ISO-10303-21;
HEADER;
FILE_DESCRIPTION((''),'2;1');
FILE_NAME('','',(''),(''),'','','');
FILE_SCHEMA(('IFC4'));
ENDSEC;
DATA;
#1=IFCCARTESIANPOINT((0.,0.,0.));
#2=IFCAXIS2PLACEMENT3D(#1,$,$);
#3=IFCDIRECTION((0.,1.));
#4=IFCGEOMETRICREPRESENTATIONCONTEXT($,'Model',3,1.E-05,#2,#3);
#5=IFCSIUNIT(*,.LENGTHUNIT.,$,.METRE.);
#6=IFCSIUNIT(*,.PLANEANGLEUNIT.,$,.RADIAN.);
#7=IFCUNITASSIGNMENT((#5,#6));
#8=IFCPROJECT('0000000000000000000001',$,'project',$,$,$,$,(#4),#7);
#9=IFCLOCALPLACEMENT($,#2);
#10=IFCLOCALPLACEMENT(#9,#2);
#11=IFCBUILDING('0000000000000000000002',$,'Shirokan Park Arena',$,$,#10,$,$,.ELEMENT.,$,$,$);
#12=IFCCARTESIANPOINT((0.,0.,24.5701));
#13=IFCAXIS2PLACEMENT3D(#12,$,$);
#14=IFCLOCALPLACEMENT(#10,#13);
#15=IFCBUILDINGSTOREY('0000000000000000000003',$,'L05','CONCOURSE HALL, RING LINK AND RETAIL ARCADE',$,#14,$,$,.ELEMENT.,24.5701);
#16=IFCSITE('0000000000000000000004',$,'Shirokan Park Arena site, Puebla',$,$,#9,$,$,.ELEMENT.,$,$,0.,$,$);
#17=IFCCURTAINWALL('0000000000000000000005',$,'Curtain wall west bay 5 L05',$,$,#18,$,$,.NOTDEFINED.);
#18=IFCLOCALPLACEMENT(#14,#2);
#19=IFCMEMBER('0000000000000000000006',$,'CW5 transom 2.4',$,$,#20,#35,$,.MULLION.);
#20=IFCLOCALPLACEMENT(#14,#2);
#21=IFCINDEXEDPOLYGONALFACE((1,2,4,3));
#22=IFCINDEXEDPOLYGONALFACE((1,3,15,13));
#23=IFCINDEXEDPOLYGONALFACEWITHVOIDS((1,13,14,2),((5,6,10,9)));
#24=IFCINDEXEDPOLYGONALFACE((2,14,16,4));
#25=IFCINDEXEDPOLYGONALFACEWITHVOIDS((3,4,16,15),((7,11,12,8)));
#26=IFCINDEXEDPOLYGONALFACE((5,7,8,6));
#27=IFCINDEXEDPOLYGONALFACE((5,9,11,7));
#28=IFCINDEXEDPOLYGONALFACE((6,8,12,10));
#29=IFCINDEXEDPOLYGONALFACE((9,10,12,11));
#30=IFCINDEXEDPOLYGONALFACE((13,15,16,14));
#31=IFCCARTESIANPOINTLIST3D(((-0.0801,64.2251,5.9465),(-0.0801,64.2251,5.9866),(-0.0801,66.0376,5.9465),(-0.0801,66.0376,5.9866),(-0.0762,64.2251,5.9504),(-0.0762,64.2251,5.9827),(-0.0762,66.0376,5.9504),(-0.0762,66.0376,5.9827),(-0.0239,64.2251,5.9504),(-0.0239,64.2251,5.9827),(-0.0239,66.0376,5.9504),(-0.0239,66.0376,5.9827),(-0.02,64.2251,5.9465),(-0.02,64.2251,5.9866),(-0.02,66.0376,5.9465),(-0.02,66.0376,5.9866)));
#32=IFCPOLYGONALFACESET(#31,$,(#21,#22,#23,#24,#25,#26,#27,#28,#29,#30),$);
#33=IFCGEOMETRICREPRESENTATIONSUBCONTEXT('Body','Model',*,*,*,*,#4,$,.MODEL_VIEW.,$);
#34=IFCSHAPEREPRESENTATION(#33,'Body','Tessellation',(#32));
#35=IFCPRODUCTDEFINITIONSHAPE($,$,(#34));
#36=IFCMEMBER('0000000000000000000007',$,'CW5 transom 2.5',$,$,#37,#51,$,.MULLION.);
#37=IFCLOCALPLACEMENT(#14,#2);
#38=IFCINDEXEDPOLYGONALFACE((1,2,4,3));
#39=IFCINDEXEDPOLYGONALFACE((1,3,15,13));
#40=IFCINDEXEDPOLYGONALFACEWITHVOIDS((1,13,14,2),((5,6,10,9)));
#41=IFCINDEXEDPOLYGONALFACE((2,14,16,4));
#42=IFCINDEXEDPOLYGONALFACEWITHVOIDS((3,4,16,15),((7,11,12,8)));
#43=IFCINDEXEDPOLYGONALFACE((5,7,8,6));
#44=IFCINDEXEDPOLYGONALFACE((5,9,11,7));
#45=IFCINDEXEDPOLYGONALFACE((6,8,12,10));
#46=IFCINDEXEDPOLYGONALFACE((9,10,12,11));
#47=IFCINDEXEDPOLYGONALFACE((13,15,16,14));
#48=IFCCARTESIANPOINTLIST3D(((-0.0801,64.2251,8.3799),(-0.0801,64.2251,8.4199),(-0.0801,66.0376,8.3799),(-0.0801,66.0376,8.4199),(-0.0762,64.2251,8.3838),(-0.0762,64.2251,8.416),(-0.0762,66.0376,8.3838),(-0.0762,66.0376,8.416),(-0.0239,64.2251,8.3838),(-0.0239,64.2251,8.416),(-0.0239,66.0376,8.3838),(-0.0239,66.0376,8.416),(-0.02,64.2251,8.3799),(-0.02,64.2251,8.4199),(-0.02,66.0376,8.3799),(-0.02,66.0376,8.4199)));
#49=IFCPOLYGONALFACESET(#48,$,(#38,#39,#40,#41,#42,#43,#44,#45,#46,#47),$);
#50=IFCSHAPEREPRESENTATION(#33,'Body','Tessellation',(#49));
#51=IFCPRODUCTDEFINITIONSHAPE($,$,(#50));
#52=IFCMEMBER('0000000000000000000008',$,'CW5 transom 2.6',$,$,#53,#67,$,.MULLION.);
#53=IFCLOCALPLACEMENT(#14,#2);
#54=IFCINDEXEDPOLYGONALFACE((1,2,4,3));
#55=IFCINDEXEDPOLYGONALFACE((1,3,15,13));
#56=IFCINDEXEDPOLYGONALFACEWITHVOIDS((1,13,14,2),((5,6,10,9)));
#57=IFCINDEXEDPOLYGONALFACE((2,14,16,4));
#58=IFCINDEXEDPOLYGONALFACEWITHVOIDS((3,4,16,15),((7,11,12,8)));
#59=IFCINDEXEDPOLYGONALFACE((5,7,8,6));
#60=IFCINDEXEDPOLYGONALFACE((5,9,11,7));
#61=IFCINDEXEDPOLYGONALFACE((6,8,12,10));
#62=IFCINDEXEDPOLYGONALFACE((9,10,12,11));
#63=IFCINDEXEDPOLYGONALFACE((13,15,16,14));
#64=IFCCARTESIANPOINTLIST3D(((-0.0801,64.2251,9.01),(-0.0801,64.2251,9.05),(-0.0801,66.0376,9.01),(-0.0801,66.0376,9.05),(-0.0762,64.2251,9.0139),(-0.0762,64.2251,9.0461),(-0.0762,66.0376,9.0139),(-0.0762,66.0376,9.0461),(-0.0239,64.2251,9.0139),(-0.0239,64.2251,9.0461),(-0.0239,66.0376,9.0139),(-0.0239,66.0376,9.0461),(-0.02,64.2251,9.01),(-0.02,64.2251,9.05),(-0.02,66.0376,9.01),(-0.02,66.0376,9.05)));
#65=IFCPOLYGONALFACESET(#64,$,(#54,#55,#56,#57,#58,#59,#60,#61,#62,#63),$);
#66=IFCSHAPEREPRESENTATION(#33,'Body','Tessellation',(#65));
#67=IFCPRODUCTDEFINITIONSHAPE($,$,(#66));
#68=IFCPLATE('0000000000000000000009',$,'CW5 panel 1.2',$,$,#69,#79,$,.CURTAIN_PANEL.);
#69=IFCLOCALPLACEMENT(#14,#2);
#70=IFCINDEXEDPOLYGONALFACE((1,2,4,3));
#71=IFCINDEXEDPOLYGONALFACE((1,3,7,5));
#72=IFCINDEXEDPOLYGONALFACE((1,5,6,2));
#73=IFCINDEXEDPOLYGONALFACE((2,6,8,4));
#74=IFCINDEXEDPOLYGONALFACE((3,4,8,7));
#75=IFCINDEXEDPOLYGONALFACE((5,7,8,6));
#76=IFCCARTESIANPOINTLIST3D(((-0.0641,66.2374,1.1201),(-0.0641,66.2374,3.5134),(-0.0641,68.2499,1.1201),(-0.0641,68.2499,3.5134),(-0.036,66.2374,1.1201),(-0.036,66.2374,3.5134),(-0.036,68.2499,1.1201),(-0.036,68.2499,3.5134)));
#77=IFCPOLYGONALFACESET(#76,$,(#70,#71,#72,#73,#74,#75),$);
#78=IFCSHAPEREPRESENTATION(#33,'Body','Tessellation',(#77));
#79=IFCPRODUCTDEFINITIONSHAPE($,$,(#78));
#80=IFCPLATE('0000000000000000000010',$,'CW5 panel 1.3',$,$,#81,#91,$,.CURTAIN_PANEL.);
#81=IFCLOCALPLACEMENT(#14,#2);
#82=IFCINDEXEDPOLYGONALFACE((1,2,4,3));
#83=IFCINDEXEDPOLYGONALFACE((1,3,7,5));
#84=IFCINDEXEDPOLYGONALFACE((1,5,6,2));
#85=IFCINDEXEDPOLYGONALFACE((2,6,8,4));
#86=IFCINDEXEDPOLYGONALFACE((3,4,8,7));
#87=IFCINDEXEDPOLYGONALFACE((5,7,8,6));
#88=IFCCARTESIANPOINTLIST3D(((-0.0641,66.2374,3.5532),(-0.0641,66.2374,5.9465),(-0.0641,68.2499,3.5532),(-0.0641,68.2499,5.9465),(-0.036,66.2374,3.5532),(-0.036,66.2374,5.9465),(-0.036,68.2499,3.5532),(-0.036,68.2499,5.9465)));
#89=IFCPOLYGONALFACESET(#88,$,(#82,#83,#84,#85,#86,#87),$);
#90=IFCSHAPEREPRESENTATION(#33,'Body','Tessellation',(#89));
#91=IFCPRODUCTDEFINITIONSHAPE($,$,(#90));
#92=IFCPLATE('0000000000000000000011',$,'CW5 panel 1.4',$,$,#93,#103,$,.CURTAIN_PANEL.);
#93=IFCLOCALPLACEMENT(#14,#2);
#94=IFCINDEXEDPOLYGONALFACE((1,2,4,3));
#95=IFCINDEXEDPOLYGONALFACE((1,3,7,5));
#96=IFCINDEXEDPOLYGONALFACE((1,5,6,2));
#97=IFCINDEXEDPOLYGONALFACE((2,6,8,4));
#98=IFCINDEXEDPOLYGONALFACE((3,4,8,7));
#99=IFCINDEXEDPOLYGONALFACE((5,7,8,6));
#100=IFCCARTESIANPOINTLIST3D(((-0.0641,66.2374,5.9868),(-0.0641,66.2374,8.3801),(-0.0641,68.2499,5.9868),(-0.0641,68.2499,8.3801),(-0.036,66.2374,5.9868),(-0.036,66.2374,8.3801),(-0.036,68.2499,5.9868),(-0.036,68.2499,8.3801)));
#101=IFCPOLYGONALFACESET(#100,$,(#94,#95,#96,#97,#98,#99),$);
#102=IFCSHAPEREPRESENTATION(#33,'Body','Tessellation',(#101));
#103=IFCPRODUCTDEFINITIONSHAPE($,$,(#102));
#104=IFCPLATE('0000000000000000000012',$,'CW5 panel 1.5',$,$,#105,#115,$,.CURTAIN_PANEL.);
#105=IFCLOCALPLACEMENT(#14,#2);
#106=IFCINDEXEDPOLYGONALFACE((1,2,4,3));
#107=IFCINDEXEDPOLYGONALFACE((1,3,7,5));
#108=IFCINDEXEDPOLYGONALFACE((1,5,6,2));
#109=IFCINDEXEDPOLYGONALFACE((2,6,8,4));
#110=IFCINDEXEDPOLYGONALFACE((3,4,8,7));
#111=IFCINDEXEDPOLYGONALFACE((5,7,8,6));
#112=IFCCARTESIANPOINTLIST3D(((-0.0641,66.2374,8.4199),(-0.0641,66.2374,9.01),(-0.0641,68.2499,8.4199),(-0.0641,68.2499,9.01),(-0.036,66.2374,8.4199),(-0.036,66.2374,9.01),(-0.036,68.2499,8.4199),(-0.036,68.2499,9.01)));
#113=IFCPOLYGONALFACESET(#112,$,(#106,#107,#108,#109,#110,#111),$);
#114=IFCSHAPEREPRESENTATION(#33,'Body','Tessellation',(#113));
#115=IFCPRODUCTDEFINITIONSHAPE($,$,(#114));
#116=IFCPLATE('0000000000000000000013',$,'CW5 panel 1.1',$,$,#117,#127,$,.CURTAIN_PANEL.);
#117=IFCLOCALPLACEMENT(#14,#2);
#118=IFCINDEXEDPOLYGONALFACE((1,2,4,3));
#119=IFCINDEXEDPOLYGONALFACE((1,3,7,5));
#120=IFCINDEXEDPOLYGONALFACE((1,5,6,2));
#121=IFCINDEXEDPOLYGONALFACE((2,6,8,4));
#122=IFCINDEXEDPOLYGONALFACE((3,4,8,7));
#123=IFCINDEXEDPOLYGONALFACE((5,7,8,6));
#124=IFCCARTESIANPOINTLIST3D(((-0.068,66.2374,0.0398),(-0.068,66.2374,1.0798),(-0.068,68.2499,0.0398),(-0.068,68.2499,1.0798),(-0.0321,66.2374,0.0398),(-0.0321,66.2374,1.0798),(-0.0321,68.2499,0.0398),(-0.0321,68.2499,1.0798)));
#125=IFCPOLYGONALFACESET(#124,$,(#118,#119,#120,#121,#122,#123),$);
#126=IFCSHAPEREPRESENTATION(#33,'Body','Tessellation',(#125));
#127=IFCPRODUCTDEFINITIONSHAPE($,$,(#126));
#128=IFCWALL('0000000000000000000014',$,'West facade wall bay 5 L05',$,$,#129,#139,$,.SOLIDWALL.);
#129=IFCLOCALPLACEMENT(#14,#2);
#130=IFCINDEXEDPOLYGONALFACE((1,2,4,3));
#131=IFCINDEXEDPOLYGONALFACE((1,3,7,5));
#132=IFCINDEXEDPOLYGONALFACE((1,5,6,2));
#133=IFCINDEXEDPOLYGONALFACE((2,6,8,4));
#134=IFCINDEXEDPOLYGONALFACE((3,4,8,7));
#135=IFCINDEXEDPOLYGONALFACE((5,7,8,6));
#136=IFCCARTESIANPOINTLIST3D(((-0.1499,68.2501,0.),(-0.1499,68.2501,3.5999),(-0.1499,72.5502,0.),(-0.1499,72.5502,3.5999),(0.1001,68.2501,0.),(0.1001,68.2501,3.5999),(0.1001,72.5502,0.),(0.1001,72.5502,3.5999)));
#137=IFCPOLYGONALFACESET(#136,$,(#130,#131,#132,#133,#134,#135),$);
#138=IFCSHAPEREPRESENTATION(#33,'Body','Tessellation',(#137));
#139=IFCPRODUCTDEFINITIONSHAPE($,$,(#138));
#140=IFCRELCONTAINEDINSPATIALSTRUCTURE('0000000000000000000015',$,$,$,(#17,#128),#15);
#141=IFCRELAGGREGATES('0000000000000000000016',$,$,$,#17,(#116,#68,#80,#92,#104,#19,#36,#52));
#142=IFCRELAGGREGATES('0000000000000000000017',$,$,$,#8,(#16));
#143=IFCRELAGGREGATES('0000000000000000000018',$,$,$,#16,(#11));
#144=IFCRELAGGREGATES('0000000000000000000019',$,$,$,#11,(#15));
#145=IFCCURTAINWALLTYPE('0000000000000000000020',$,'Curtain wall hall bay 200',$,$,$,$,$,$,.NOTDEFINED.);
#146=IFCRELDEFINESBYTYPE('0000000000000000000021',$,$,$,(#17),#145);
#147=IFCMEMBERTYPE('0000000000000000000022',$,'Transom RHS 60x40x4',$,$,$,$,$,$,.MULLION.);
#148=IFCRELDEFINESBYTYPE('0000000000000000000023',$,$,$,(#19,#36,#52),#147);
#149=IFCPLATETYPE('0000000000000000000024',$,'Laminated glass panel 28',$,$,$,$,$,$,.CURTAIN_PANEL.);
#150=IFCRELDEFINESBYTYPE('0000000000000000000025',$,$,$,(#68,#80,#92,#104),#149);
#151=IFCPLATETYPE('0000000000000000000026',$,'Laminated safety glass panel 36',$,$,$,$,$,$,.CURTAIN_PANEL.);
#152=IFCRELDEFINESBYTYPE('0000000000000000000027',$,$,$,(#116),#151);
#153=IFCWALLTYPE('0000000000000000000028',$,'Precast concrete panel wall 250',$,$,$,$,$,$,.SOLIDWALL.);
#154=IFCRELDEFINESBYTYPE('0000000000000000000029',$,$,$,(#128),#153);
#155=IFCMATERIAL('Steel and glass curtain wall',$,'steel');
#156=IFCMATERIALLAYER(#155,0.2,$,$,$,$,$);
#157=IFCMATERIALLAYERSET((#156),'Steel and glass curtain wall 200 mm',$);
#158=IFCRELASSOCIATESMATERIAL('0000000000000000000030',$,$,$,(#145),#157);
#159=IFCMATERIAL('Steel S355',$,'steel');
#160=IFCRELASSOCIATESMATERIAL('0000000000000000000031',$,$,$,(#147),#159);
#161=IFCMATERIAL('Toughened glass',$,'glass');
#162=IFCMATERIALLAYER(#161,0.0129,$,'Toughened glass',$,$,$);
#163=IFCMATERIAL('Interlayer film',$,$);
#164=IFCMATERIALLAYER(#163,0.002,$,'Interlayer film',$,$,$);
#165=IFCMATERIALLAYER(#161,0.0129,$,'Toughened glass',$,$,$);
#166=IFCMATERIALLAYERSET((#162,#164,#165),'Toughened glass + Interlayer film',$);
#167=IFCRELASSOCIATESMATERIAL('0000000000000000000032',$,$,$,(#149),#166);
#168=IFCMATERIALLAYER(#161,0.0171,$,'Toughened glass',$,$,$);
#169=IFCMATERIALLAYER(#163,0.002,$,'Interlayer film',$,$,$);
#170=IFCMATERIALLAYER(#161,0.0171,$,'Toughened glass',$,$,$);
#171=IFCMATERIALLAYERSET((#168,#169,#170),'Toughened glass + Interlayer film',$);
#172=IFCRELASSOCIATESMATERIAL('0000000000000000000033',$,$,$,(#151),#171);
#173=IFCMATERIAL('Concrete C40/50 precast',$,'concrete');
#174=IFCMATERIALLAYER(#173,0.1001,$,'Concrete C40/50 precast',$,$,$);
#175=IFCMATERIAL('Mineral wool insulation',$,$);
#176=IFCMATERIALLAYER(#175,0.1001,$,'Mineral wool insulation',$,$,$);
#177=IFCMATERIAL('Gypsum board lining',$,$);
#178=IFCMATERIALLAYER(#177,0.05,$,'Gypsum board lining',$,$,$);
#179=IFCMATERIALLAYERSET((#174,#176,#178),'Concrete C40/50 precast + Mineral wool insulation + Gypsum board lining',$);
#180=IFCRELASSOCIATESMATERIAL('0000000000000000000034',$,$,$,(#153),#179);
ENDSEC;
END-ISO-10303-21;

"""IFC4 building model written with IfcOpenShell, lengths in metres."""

from ifc_helpers import new_model, si_unit, direction, frame, frame_2d, origin, origin_2d, place, context, subcontext, project, spatial, rectangle, hollow_rectangle, extrude, material, layer, layer_set, material_profile, profile_set, type_object, element, aggregate, save


model = new_model("IFC4")

# Units and contexts
model_context = context("Model", 3, precision=1e-05, world=origin(), true_north=direction((0.0, 1.0)))
body_context = subcontext(model_context, "Body", "Model", "MODEL_VIEW")
ifc_project = project(units=[si_unit("LENGTHUNIT", "METRE"), si_unit("PLANEANGLEUNIT", "RADIAN")], contexts=[model_context])

# Site, building, storey
site_placement = place(None, origin())
site = spatial("IfcSite", under=ifc_project, at=site_placement, Name="Shirokan Park Arena site, Puebla", CompositionType="ELEMENT", RefElevation=0.0)
building_placement = place(site_placement, origin())
building = spatial("IfcBuilding", under=site, at=building_placement, Name="Shirokan Park Arena", CompositionType="ELEMENT")
storey_placement = place(building_placement, frame((0.0, 0.0, 24.5701)))
storey = spatial("IfcBuildingStorey", under=building, at=storey_placement, Name="L05", Description="CONCOURSE HALL, RING LINK AND RETAIL ARCADE", CompositionType="ELEMENT", Elevation=24.5701)

# Curtain wall
ifc_material_1 = material(Name="Steel and glass curtain wall", Category="steel")
ifc_layer_1 = layer(ifc_material_1, 0.2)
ifc_layer_set_1 = layer_set([ifc_layer_1], Name="Steel and glass curtain wall 200 mm")
curtain_wall_type = type_object("IfcCurtainWallType", Name="Curtain wall hall bay 200", PredefinedType="NOTDEFINED", material=ifc_layer_set_1)
curtain_wall_placement = place(storey_placement, origin())
curtain_wall = element("IfcCurtainWall", 1, at=curtain_wall_placement, inside=storey, type_object=curtain_wall_type, Name="Curtain wall west bay 5 L05", PredefinedType="NOTDEFINED")
ifc_material_2 = material(Name="Steel S355", Category="steel")

# Members
ifc_material_profile_1 = material_profile(ifc_material_2, hollow_rectangle(XDim=0.0601, YDim=0.04, WallThickness=0.0039, at=origin_2d()), Name="RHS 60x40x4")
ifc_profile_set_1 = profile_set([ifc_material_profile_1], Name="Steel S355")
member_type_1 = type_object("IfcMemberType", Name="Transom RHS 60x40x4", PredefinedType="MULLION", material=ifc_profile_set_1)
member_1_placement = place(storey_placement, frame((-0.05, 66.0376, 5.9666), z_axis=(0.0, -1.0, 0.0), x_axis=(1.0, 0.0, 0.0)))
member_1 = element("IfcMember", 2, at=member_1_placement, type_object=member_type_1, Name="CW5 transom 2.4", PredefinedType="MULLION", context=body_context, shape_type="SweptSolid", body=[
    extrude(hollow_rectangle(XDim=0.0601, YDim=0.04, WallThickness=0.0039, at=origin_2d()), origin(), (0.0, 0.0, 1.0), 1.8125),
])
member_2_placement = place(storey_placement, frame((-0.05, 66.0376, 8.3999), z_axis=(0.0, -1.0, 0.0), x_axis=(1.0, 0.0, 0.0)))
member_2 = element("IfcMember", 3, at=member_2_placement, type_object=member_type_1, Name="CW5 transom 2.5", PredefinedType="MULLION", context=body_context, shape_type="SweptSolid", body=[
    extrude(hollow_rectangle(XDim=0.0601, YDim=0.04, WallThickness=0.0039, at=origin_2d()), origin(), (0.0, 0.0, 1.0), 1.8125),
])
member_3_placement = place(storey_placement, frame((-0.05, 66.0376, 9.03), z_axis=(0.0, -1.0, 0.0), x_axis=(1.0, 0.0, 0.0)))
member_3 = element("IfcMember", 4, at=member_3_placement, type_object=member_type_1, Name="CW5 transom 2.6", PredefinedType="MULLION", context=body_context, shape_type="SweptSolid", body=[
    extrude(hollow_rectangle(XDim=0.0601, YDim=0.04, WallThickness=0.0039, at=origin_2d()), origin(), (0.0, 0.0, 1.0), 1.8125),
])

# Plates
ifc_material_3 = material(Name="Toughened glass", Category="glass")
ifc_layer_2 = layer(ifc_material_3, 0.0129, Name="Toughened glass")
ifc_material_4 = material(Name="Interlayer film")
ifc_layer_3 = layer(ifc_material_4, 0.002, Name="Interlayer film")
ifc_layer_4 = layer(ifc_material_3, 0.0129, Name="Toughened glass")
ifc_layer_set_2 = layer_set([ifc_layer_2, ifc_layer_3, ifc_layer_4], Name="Toughened glass + Interlayer film")
plate_type_1 = type_object("IfcPlateType", Name="Laminated glass panel 28", PredefinedType="CURTAIN_PANEL", material=ifc_layer_set_2)
plate_1_placement = place(storey_placement, frame((-0.05, 67.2437, 1.1201), z_axis=(0.0, 0.0, 1.0), x_axis=(0.0, -1.0, 0.0)))
plate_1 = element("IfcPlate", 5, at=plate_1_placement, type_object=plate_type_1, Name="CW5 panel 1.2", PredefinedType="CURTAIN_PANEL", context=body_context, shape_type="SweptSolid", body=[
    extrude(rectangle(XDim=2.0125, YDim=0.0281, at=origin_2d()), origin(), (0.0, 0.0, 1.0), 2.3933),
])
plate_2_placement = place(storey_placement, frame((-0.05, 67.2437, 3.5532), z_axis=(0.0, 0.0, 1.0), x_axis=(0.0, -1.0, 0.0)))
plate_2 = element("IfcPlate", 6, at=plate_2_placement, type_object=plate_type_1, Name="CW5 panel 1.3", PredefinedType="CURTAIN_PANEL", context=body_context, shape_type="SweptSolid", body=[
    extrude(rectangle(XDim=2.0125, YDim=0.0281, at=origin_2d()), origin(), (0.0, 0.0, 1.0), 2.3933),
])
plate_3_placement = place(storey_placement, frame((-0.05, 67.2437, 5.9868), z_axis=(0.0, 0.0, 1.0), x_axis=(0.0, -1.0, 0.0)))
plate_3 = element("IfcPlate", 7, at=plate_3_placement, type_object=plate_type_1, Name="CW5 panel 1.4", PredefinedType="CURTAIN_PANEL", context=body_context, shape_type="SweptSolid", body=[
    extrude(rectangle(XDim=2.0125, YDim=0.0281, at=origin_2d()), origin(), (0.0, 0.0, 1.0), 2.3933),
])
plate_4_placement = place(storey_placement, frame((-0.05, 67.2437, 8.4199), z_axis=(0.0, 0.0, 1.0), x_axis=(0.0, -1.0, 0.0)))
plate_4 = element("IfcPlate", 8, at=plate_4_placement, type_object=plate_type_1, Name="CW5 panel 1.5", PredefinedType="CURTAIN_PANEL", context=body_context, shape_type="SweptSolid", body=[
    extrude(rectangle(XDim=2.0125, YDim=0.0281, at=origin_2d()), origin(), (0.0, 0.0, 1.0), 0.5901),
])
ifc_layer_5 = layer(ifc_material_3, 0.0171, Name="Toughened glass")
ifc_layer_6 = layer(ifc_material_4, 0.002, Name="Interlayer film")
ifc_layer_7 = layer(ifc_material_3, 0.0171, Name="Toughened glass")
ifc_layer_set_3 = layer_set([ifc_layer_5, ifc_layer_6, ifc_layer_7], Name="Toughened glass + Interlayer film")
plate_type_2 = type_object("IfcPlateType", Name="Laminated safety glass panel 36", PredefinedType="CURTAIN_PANEL", material=ifc_layer_set_3)
plate_5_placement = place(storey_placement, frame((-0.05, 67.2437, 0.0398), z_axis=(0.0, 0.0, 1.0), x_axis=(0.0, -1.0, 0.0)))
plate_5 = element("IfcPlate", 9, at=plate_5_placement, type_object=plate_type_2, Name="CW5 panel 1.1", PredefinedType="CURTAIN_PANEL", context=body_context, shape_type="SweptSolid", body=[
    extrude(rectangle(XDim=2.0125, YDim=0.0359, at=origin_2d()), origin(), (0.0, 0.0, 1.0), 1.04),
])
aggregate(curtain_wall, [plate_5, plate_1, plate_2, plate_3, plate_4, member_1, member_2, member_3])

# Wall
ifc_material_5 = material(Name="Concrete C40/50 precast", Category="concrete")
ifc_layer_8 = layer(ifc_material_5, 0.1001, Name="Concrete C40/50 precast")
ifc_material_6 = material(Name="Mineral wool insulation")
ifc_layer_9 = layer(ifc_material_6, 0.1001, Name="Mineral wool insulation")
ifc_material_7 = material(Name="Gypsum board lining")
ifc_layer_10 = layer(ifc_material_7, 0.05, Name="Gypsum board lining")
ifc_layer_set_4 = layer_set([ifc_layer_8, ifc_layer_9, ifc_layer_10], Name="Concrete C40/50 precast + Mineral wool insulation + Gypsum board lining")
wall_type = type_object("IfcWallType", Name="Precast concrete panel wall 250", PredefinedType="SOLIDWALL", material=ifc_layer_set_4)
wall_placement = place(storey_placement, frame((-0.0249, 72.55, 0.0), z_axis=(0.0, 0.0, 1.0), x_axis=(0.0, -1.0, 0.0)))
element("IfcWall", 10, at=wall_placement, inside=storey, type_object=wall_type, Name="West facade wall bay 5 L05", PredefinedType="SOLIDWALL", context=body_context, shape_type="SweptSolid", body=[
    extrude(rectangle(XDim=4.3, YDim=0.25, at=frame_2d((2.1499, 0.0))), origin(), (0.0, 0.0, 1.0), 3.5999),
])

save(model, "model.ifc")
